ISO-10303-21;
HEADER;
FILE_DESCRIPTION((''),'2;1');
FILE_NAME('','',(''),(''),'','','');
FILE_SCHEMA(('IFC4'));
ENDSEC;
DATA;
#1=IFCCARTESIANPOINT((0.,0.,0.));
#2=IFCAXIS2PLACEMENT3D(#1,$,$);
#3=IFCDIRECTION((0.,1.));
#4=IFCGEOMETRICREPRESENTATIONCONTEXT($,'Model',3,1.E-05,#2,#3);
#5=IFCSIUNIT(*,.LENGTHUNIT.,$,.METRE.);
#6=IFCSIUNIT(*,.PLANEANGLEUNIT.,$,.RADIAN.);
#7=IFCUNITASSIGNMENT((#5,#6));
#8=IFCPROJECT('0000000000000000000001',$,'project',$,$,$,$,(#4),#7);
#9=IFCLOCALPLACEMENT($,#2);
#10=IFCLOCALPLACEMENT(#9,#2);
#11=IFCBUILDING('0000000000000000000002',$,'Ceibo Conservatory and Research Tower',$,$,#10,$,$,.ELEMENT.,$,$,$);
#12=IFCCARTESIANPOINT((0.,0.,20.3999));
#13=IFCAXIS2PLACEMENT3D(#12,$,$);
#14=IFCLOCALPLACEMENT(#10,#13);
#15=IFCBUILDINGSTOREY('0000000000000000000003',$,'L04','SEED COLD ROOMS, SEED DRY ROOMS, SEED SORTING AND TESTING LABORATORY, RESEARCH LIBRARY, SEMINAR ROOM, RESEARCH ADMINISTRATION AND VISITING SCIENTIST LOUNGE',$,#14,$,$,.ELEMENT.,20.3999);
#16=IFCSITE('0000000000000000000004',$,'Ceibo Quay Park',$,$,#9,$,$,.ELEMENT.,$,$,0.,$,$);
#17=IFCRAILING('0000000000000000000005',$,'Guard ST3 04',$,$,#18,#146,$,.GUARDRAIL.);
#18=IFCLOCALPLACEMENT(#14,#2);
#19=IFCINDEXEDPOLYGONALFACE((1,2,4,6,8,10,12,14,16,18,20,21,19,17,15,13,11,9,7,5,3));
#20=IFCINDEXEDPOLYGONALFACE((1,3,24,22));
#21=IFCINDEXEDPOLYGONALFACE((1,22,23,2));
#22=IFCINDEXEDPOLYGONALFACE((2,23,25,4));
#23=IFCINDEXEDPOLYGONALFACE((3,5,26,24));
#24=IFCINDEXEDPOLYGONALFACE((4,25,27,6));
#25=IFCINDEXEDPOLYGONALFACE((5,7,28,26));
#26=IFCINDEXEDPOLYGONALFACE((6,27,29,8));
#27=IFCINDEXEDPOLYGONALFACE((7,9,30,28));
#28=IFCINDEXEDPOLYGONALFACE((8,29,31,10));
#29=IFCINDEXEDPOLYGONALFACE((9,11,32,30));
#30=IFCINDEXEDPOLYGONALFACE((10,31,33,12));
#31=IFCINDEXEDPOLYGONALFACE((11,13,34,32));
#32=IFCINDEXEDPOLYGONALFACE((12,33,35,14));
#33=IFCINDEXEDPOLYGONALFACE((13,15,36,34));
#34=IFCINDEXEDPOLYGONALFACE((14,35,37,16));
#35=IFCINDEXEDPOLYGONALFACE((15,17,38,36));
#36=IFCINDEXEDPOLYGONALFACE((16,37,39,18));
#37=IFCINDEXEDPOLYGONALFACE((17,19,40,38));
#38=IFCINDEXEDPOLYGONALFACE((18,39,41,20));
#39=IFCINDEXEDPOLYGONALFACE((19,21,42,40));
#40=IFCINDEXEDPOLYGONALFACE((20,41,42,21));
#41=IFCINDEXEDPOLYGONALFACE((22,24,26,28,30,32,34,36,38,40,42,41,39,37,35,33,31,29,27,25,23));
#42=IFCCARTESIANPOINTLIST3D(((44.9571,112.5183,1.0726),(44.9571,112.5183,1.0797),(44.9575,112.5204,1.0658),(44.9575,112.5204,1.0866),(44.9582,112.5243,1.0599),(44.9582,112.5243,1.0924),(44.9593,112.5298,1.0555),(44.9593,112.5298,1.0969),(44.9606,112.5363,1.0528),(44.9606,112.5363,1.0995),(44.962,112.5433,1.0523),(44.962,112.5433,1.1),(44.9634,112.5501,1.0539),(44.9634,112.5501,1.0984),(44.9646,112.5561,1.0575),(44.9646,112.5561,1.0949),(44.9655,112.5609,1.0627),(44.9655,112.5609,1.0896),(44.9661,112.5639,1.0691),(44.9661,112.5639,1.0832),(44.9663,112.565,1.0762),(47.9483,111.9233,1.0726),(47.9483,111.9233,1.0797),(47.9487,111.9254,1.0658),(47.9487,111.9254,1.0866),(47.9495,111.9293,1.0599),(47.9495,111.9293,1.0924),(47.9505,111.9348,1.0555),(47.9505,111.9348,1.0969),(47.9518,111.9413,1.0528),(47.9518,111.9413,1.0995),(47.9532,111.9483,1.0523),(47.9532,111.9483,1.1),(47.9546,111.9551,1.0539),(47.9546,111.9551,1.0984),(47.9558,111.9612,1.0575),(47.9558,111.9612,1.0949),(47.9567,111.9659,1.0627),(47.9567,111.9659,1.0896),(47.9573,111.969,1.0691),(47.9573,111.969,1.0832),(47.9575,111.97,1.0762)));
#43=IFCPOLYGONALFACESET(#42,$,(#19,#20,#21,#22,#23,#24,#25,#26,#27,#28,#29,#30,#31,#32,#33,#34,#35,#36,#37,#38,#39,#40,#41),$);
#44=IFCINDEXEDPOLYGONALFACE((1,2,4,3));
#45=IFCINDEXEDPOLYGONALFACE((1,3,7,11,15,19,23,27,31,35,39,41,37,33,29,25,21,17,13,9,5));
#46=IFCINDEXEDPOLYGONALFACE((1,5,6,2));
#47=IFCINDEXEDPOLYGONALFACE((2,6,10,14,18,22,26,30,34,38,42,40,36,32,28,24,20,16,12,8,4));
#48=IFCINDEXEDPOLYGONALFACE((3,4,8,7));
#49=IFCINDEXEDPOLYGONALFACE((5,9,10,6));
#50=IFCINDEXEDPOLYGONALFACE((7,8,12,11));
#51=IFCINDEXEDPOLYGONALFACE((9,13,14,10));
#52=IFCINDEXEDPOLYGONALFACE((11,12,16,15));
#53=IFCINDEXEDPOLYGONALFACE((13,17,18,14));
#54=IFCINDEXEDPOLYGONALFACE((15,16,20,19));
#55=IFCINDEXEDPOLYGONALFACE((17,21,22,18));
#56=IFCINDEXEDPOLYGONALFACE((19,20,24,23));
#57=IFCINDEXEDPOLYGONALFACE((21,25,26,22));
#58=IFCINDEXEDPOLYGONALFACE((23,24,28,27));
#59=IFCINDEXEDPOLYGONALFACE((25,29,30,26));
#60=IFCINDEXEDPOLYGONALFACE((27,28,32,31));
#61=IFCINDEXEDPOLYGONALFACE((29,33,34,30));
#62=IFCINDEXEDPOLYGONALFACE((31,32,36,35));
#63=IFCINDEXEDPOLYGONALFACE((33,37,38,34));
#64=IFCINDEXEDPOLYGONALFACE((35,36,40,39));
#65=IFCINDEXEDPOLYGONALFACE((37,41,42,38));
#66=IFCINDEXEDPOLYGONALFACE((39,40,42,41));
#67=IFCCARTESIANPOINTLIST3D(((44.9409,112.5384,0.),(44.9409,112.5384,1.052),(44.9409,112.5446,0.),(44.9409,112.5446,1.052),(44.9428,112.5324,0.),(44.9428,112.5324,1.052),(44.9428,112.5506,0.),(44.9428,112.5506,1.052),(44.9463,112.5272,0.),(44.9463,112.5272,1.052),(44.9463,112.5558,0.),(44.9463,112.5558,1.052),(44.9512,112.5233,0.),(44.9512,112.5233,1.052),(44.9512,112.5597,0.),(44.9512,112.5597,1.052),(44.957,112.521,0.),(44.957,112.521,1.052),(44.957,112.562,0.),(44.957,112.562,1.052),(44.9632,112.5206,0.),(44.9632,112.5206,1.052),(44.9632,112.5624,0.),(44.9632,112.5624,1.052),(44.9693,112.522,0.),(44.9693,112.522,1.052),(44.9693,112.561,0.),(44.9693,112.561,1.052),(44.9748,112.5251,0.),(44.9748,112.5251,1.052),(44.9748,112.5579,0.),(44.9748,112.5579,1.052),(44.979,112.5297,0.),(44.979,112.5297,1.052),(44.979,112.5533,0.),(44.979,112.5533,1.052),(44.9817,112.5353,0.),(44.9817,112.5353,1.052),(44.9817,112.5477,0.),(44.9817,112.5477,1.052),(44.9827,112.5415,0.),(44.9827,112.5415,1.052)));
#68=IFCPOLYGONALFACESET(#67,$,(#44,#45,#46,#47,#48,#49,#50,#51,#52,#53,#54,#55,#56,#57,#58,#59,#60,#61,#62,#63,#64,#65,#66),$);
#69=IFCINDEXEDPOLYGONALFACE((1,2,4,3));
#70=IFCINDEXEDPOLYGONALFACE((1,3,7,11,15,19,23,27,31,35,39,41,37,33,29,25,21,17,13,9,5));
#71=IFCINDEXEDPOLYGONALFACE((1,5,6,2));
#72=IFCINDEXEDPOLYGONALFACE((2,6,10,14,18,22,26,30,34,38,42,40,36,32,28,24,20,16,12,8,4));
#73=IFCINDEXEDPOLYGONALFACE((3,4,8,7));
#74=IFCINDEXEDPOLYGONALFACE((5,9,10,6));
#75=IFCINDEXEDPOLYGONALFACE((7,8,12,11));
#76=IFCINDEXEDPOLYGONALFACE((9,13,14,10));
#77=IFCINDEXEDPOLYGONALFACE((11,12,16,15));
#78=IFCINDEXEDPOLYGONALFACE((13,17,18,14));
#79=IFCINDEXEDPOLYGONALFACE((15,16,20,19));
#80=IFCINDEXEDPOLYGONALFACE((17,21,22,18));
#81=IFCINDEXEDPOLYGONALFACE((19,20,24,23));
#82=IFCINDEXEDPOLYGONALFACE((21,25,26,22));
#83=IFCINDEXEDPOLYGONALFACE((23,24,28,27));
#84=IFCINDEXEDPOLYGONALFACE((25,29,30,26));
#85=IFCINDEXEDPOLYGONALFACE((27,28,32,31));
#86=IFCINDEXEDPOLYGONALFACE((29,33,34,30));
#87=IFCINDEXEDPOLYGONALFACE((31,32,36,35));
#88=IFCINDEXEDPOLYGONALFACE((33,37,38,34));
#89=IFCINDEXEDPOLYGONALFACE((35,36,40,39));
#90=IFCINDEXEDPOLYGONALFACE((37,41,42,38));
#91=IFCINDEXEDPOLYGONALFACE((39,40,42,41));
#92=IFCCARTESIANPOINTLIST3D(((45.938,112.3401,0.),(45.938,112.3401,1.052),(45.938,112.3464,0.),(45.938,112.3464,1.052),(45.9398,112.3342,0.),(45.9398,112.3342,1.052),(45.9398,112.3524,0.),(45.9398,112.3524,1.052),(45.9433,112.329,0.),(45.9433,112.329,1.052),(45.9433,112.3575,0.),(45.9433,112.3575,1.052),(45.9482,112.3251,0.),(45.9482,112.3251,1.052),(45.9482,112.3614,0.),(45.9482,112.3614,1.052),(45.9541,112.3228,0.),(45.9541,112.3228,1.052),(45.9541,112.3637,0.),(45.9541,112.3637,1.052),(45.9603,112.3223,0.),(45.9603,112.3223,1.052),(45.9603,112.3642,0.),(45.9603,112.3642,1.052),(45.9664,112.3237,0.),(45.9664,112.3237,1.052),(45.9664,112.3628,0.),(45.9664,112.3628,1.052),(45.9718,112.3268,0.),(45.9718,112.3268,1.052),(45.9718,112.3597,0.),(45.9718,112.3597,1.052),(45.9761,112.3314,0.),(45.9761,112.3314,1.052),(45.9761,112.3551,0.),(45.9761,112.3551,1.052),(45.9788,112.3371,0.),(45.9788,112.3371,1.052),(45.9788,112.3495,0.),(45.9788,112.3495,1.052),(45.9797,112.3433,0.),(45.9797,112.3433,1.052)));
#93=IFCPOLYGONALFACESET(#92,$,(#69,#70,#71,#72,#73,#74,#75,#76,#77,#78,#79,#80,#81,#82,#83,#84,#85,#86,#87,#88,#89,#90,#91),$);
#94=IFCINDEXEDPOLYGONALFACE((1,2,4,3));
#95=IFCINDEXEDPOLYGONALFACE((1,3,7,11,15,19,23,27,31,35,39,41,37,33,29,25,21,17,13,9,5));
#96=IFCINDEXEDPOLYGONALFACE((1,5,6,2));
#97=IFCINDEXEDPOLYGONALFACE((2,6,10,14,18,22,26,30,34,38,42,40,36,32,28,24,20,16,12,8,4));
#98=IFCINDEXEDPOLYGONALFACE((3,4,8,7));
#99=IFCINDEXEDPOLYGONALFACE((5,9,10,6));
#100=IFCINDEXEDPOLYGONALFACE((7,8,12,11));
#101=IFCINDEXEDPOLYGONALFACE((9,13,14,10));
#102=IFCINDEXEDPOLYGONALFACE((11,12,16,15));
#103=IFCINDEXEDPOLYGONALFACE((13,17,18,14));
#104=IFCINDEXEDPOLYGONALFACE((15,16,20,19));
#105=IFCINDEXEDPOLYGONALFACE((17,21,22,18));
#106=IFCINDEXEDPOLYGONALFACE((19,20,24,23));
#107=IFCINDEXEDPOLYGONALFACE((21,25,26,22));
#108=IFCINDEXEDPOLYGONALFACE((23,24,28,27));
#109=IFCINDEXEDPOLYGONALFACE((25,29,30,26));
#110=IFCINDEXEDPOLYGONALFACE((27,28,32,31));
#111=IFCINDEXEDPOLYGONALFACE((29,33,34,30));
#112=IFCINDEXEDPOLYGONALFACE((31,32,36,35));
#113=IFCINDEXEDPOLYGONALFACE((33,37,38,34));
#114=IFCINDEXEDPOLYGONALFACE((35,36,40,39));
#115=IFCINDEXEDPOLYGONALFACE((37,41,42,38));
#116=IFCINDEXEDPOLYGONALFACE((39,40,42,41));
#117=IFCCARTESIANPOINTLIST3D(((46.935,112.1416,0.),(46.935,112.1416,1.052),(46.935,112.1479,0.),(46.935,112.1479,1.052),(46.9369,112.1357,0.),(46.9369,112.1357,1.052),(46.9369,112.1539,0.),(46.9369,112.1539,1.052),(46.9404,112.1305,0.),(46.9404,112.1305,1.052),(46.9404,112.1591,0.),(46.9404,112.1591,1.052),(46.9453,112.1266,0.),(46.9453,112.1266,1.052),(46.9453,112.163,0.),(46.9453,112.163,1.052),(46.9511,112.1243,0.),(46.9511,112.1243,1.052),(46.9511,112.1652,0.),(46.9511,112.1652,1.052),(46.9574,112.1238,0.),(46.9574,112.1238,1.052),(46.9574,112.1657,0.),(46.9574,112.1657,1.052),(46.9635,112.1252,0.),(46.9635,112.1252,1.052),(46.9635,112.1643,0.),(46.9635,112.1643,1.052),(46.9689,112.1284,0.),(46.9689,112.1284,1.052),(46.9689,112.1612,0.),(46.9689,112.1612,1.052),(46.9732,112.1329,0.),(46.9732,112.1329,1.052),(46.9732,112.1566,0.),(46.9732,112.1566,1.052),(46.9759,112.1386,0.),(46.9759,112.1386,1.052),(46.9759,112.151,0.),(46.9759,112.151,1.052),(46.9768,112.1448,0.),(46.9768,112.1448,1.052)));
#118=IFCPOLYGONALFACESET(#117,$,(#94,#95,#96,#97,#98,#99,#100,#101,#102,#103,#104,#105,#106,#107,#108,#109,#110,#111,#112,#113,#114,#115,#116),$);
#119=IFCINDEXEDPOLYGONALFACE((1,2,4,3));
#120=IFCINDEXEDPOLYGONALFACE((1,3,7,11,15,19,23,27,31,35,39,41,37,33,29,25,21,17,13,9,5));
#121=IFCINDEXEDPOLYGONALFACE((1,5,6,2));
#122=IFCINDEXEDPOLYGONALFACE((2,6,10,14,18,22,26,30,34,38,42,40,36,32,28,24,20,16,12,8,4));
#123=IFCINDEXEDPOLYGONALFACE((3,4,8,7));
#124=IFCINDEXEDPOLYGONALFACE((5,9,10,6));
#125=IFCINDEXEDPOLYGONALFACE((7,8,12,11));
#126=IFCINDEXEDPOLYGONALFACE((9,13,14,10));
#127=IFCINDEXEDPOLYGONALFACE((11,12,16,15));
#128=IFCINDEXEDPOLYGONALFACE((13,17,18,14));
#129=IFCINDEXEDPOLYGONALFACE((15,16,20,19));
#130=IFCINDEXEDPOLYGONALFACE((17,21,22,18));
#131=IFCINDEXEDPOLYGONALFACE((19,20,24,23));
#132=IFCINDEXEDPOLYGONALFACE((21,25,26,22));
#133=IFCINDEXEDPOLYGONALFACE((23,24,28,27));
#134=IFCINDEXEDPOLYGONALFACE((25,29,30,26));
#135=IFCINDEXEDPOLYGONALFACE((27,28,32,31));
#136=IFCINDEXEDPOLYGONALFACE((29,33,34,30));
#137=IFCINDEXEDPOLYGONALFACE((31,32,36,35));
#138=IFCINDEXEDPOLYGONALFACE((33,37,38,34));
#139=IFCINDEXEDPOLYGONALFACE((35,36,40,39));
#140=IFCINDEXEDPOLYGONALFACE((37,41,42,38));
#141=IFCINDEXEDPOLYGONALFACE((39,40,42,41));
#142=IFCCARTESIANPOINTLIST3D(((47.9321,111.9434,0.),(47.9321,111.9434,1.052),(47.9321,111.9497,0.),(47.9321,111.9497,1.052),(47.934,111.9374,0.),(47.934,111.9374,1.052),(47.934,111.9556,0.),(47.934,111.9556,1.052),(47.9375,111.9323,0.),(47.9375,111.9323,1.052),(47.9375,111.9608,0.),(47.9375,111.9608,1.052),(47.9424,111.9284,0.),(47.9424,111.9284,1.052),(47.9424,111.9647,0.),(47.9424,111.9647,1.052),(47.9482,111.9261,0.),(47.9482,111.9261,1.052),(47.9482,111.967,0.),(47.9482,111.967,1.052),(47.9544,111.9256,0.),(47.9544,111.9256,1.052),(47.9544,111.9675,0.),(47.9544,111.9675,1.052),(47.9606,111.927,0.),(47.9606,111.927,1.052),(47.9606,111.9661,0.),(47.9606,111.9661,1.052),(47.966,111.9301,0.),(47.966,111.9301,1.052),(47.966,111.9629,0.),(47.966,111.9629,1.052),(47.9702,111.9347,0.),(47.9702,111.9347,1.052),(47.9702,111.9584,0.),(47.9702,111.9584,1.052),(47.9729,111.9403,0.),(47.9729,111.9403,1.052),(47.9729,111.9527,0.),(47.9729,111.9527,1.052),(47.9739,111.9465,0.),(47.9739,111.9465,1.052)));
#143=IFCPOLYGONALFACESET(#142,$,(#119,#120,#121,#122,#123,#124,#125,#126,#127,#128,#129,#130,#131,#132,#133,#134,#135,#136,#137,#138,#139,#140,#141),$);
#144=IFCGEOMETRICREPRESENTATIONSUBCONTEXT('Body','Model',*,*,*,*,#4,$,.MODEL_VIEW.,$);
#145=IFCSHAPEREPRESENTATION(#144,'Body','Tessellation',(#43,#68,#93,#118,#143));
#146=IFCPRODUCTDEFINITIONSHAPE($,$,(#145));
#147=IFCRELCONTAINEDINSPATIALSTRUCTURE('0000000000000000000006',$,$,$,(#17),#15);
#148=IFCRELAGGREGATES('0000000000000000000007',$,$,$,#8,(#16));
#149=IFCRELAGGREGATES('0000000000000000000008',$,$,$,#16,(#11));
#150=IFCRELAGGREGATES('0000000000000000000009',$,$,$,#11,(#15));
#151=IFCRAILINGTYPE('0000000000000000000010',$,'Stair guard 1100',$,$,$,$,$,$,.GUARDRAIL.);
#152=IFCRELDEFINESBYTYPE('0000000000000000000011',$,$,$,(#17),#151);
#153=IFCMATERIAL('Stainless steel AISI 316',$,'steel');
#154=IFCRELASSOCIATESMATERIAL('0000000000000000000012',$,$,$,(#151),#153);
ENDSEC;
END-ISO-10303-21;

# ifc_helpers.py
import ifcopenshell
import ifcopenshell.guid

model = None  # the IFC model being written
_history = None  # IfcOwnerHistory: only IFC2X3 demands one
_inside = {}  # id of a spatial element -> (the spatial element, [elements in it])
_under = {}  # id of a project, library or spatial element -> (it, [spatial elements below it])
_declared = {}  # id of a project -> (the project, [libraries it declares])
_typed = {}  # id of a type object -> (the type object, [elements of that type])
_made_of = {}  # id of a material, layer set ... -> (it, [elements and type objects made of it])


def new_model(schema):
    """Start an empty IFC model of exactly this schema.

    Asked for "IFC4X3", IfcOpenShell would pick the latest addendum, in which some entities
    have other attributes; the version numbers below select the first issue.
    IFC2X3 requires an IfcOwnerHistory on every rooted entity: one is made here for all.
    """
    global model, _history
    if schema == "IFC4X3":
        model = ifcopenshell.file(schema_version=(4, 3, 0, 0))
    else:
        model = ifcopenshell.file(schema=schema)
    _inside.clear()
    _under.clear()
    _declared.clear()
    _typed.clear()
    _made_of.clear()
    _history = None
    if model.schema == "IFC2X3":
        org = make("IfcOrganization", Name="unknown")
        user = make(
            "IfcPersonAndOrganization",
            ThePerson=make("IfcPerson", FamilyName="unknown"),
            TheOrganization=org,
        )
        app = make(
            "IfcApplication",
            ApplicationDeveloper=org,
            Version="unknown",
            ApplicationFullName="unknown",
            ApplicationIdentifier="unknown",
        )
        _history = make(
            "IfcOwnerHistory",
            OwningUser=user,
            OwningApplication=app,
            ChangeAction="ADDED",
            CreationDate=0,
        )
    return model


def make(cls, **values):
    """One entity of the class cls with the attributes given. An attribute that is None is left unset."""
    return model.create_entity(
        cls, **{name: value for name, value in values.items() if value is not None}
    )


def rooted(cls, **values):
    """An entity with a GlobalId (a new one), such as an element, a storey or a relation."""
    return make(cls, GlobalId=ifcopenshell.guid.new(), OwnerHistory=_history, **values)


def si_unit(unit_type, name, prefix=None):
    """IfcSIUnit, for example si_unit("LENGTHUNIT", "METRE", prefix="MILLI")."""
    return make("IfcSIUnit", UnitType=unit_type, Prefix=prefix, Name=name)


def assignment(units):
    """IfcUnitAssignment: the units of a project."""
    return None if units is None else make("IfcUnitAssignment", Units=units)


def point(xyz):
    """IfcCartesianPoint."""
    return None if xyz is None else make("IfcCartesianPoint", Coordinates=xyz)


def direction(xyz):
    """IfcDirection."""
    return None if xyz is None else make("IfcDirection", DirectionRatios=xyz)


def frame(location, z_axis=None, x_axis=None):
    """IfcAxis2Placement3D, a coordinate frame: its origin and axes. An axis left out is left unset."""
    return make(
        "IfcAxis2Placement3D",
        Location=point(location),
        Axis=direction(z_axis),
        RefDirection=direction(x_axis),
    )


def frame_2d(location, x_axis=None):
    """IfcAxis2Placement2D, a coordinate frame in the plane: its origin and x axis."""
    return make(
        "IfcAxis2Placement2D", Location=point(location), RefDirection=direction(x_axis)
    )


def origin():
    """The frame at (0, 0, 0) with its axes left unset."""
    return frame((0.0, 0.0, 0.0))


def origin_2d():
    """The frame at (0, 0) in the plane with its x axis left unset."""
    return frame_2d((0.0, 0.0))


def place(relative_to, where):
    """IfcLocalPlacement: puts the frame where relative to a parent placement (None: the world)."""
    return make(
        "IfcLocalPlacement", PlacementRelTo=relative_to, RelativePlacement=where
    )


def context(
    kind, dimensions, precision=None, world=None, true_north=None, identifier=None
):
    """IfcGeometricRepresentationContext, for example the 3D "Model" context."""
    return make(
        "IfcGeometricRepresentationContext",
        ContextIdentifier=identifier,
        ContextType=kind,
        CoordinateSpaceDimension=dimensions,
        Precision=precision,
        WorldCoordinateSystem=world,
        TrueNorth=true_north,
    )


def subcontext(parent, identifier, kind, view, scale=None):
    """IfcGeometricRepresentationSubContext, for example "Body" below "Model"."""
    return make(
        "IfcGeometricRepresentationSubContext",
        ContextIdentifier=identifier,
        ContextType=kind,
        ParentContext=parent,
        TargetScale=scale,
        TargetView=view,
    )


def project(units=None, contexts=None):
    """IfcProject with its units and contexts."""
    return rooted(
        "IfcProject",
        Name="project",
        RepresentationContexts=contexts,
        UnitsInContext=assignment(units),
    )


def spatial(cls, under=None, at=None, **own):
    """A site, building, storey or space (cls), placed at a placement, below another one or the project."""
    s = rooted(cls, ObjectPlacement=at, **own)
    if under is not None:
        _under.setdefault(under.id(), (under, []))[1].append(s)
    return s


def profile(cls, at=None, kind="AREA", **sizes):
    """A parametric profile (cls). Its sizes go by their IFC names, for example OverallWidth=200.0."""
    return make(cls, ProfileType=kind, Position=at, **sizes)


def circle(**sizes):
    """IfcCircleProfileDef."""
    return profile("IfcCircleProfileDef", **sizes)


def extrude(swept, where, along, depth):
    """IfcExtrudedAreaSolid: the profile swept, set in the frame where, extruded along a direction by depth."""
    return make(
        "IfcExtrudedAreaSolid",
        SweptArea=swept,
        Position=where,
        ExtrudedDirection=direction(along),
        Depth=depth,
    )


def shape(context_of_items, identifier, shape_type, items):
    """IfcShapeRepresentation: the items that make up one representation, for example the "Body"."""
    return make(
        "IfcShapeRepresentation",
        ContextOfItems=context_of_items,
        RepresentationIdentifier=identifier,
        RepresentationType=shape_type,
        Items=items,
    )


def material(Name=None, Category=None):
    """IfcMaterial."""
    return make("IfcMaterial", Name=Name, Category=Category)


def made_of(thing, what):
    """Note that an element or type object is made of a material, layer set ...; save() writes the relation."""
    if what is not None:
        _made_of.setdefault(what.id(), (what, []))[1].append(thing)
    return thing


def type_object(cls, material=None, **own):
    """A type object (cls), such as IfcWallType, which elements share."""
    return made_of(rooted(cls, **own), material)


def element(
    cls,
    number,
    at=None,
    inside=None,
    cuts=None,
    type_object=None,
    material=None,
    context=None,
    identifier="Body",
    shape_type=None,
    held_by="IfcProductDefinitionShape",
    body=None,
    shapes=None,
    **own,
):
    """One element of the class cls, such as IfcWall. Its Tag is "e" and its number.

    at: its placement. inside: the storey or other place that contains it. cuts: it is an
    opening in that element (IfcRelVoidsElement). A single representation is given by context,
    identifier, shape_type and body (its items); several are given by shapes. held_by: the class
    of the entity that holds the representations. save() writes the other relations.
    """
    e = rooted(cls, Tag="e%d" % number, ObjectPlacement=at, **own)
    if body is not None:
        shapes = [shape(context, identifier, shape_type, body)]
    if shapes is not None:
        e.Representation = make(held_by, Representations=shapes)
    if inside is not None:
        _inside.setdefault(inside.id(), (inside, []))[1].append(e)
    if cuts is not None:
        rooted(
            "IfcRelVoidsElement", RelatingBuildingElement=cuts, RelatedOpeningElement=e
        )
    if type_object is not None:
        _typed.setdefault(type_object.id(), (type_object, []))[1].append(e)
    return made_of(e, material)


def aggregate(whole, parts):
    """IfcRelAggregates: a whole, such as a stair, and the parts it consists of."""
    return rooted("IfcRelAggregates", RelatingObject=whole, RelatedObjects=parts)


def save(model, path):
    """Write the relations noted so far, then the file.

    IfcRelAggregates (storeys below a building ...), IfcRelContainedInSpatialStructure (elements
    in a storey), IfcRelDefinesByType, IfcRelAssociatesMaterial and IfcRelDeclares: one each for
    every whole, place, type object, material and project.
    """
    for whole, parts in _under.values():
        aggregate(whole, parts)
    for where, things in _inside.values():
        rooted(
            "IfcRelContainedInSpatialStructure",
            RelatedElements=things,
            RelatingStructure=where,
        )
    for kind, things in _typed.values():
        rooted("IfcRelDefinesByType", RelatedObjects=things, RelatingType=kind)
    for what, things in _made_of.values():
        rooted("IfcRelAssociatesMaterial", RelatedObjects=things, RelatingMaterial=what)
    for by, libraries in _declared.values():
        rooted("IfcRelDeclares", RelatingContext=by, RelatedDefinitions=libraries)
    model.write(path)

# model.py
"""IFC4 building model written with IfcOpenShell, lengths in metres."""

from ifc_helpers import new_model, si_unit, direction, frame, origin, origin_2d, place, context, subcontext, project, spatial, circle, extrude, material, type_object, element, save


model = new_model("IFC4")

# Units and contexts
model_context = context("Model", 3, precision=1e-05, world=origin(), true_north=direction((0.0, 1.0)))
body_context = subcontext(model_context, "Body", "Model", "MODEL_VIEW")
ifc_project = project(units=[si_unit("LENGTHUNIT", "METRE"), si_unit("PLANEANGLEUNIT", "RADIAN")], contexts=[model_context])

# Site, building, storey
site_placement = place(None, origin())
site = spatial("IfcSite", under=ifc_project, at=site_placement, Name="Ceibo Quay Park", CompositionType="ELEMENT", RefElevation=0.0)
building_placement = place(site_placement, origin())
building = spatial("IfcBuilding", under=site, at=building_placement, Name="Ceibo Conservatory and Research Tower", CompositionType="ELEMENT")
storey_placement = place(building_placement, frame((0.0, 0.0, 20.3999)))
storey = spatial("IfcBuildingStorey", under=building, at=storey_placement, Name="L04", Description="SEED COLD ROOMS, SEED DRY ROOMS, SEED SORTING AND TESTING LABORATORY, RESEARCH LIBRARY, SEMINAR ROOM, RESEARCH ADMINISTRATION AND VISITING SCIENTIST LOUNGE", CompositionType="ELEMENT", Elevation=20.3999)

# Shared definitions
ifc_material_1 = material(Name="Stainless steel AISI 316", Category="steel")

# Railing
railing_type = type_object("IfcRailingType", Name="Stair guard 1100", PredefinedType="GUARDRAIL", material=ifc_material_1)
railing_placement = place(storey_placement, frame((44.9617, 112.5415, 0.0)))
element("IfcRailing", 1, at=railing_placement, inside=storey, type_object=railing_type, Name="Guard ST3 04", PredefinedType="GUARDRAIL", context=body_context, shape_type="SweptSolid", body=[
    extrude(circle(Radius=0.0239, at=origin_2d()), frame((0.0, 0.0, 1.0762), z_axis=(0.980786, -0.195085, 0.0), x_axis=(0.195085, 0.980786, 0.0)), (0.0, 0.0, 1.0), 3.0498),
    extrude(circle(Radius=0.021, at=origin_2d()), origin(), (0.0, 0.0, 1.0), 1.052),
    extrude(circle(Radius=0.021, at=origin_2d()), frame((0.9971, -0.1982, 0.0)), (0.0, 0.0, 1.0), 1.052),
    extrude(circle(Radius=0.021, at=origin_2d()), frame((1.9941, -0.3967, 0.0)), (0.0, 0.0, 1.0), 1.052),
    extrude(circle(Radius=0.021, at=origin_2d()), frame((2.9912, -0.595, 0.0)), (0.0, 0.0, 1.0), 1.052),
])

save(model, "model.ifc")
